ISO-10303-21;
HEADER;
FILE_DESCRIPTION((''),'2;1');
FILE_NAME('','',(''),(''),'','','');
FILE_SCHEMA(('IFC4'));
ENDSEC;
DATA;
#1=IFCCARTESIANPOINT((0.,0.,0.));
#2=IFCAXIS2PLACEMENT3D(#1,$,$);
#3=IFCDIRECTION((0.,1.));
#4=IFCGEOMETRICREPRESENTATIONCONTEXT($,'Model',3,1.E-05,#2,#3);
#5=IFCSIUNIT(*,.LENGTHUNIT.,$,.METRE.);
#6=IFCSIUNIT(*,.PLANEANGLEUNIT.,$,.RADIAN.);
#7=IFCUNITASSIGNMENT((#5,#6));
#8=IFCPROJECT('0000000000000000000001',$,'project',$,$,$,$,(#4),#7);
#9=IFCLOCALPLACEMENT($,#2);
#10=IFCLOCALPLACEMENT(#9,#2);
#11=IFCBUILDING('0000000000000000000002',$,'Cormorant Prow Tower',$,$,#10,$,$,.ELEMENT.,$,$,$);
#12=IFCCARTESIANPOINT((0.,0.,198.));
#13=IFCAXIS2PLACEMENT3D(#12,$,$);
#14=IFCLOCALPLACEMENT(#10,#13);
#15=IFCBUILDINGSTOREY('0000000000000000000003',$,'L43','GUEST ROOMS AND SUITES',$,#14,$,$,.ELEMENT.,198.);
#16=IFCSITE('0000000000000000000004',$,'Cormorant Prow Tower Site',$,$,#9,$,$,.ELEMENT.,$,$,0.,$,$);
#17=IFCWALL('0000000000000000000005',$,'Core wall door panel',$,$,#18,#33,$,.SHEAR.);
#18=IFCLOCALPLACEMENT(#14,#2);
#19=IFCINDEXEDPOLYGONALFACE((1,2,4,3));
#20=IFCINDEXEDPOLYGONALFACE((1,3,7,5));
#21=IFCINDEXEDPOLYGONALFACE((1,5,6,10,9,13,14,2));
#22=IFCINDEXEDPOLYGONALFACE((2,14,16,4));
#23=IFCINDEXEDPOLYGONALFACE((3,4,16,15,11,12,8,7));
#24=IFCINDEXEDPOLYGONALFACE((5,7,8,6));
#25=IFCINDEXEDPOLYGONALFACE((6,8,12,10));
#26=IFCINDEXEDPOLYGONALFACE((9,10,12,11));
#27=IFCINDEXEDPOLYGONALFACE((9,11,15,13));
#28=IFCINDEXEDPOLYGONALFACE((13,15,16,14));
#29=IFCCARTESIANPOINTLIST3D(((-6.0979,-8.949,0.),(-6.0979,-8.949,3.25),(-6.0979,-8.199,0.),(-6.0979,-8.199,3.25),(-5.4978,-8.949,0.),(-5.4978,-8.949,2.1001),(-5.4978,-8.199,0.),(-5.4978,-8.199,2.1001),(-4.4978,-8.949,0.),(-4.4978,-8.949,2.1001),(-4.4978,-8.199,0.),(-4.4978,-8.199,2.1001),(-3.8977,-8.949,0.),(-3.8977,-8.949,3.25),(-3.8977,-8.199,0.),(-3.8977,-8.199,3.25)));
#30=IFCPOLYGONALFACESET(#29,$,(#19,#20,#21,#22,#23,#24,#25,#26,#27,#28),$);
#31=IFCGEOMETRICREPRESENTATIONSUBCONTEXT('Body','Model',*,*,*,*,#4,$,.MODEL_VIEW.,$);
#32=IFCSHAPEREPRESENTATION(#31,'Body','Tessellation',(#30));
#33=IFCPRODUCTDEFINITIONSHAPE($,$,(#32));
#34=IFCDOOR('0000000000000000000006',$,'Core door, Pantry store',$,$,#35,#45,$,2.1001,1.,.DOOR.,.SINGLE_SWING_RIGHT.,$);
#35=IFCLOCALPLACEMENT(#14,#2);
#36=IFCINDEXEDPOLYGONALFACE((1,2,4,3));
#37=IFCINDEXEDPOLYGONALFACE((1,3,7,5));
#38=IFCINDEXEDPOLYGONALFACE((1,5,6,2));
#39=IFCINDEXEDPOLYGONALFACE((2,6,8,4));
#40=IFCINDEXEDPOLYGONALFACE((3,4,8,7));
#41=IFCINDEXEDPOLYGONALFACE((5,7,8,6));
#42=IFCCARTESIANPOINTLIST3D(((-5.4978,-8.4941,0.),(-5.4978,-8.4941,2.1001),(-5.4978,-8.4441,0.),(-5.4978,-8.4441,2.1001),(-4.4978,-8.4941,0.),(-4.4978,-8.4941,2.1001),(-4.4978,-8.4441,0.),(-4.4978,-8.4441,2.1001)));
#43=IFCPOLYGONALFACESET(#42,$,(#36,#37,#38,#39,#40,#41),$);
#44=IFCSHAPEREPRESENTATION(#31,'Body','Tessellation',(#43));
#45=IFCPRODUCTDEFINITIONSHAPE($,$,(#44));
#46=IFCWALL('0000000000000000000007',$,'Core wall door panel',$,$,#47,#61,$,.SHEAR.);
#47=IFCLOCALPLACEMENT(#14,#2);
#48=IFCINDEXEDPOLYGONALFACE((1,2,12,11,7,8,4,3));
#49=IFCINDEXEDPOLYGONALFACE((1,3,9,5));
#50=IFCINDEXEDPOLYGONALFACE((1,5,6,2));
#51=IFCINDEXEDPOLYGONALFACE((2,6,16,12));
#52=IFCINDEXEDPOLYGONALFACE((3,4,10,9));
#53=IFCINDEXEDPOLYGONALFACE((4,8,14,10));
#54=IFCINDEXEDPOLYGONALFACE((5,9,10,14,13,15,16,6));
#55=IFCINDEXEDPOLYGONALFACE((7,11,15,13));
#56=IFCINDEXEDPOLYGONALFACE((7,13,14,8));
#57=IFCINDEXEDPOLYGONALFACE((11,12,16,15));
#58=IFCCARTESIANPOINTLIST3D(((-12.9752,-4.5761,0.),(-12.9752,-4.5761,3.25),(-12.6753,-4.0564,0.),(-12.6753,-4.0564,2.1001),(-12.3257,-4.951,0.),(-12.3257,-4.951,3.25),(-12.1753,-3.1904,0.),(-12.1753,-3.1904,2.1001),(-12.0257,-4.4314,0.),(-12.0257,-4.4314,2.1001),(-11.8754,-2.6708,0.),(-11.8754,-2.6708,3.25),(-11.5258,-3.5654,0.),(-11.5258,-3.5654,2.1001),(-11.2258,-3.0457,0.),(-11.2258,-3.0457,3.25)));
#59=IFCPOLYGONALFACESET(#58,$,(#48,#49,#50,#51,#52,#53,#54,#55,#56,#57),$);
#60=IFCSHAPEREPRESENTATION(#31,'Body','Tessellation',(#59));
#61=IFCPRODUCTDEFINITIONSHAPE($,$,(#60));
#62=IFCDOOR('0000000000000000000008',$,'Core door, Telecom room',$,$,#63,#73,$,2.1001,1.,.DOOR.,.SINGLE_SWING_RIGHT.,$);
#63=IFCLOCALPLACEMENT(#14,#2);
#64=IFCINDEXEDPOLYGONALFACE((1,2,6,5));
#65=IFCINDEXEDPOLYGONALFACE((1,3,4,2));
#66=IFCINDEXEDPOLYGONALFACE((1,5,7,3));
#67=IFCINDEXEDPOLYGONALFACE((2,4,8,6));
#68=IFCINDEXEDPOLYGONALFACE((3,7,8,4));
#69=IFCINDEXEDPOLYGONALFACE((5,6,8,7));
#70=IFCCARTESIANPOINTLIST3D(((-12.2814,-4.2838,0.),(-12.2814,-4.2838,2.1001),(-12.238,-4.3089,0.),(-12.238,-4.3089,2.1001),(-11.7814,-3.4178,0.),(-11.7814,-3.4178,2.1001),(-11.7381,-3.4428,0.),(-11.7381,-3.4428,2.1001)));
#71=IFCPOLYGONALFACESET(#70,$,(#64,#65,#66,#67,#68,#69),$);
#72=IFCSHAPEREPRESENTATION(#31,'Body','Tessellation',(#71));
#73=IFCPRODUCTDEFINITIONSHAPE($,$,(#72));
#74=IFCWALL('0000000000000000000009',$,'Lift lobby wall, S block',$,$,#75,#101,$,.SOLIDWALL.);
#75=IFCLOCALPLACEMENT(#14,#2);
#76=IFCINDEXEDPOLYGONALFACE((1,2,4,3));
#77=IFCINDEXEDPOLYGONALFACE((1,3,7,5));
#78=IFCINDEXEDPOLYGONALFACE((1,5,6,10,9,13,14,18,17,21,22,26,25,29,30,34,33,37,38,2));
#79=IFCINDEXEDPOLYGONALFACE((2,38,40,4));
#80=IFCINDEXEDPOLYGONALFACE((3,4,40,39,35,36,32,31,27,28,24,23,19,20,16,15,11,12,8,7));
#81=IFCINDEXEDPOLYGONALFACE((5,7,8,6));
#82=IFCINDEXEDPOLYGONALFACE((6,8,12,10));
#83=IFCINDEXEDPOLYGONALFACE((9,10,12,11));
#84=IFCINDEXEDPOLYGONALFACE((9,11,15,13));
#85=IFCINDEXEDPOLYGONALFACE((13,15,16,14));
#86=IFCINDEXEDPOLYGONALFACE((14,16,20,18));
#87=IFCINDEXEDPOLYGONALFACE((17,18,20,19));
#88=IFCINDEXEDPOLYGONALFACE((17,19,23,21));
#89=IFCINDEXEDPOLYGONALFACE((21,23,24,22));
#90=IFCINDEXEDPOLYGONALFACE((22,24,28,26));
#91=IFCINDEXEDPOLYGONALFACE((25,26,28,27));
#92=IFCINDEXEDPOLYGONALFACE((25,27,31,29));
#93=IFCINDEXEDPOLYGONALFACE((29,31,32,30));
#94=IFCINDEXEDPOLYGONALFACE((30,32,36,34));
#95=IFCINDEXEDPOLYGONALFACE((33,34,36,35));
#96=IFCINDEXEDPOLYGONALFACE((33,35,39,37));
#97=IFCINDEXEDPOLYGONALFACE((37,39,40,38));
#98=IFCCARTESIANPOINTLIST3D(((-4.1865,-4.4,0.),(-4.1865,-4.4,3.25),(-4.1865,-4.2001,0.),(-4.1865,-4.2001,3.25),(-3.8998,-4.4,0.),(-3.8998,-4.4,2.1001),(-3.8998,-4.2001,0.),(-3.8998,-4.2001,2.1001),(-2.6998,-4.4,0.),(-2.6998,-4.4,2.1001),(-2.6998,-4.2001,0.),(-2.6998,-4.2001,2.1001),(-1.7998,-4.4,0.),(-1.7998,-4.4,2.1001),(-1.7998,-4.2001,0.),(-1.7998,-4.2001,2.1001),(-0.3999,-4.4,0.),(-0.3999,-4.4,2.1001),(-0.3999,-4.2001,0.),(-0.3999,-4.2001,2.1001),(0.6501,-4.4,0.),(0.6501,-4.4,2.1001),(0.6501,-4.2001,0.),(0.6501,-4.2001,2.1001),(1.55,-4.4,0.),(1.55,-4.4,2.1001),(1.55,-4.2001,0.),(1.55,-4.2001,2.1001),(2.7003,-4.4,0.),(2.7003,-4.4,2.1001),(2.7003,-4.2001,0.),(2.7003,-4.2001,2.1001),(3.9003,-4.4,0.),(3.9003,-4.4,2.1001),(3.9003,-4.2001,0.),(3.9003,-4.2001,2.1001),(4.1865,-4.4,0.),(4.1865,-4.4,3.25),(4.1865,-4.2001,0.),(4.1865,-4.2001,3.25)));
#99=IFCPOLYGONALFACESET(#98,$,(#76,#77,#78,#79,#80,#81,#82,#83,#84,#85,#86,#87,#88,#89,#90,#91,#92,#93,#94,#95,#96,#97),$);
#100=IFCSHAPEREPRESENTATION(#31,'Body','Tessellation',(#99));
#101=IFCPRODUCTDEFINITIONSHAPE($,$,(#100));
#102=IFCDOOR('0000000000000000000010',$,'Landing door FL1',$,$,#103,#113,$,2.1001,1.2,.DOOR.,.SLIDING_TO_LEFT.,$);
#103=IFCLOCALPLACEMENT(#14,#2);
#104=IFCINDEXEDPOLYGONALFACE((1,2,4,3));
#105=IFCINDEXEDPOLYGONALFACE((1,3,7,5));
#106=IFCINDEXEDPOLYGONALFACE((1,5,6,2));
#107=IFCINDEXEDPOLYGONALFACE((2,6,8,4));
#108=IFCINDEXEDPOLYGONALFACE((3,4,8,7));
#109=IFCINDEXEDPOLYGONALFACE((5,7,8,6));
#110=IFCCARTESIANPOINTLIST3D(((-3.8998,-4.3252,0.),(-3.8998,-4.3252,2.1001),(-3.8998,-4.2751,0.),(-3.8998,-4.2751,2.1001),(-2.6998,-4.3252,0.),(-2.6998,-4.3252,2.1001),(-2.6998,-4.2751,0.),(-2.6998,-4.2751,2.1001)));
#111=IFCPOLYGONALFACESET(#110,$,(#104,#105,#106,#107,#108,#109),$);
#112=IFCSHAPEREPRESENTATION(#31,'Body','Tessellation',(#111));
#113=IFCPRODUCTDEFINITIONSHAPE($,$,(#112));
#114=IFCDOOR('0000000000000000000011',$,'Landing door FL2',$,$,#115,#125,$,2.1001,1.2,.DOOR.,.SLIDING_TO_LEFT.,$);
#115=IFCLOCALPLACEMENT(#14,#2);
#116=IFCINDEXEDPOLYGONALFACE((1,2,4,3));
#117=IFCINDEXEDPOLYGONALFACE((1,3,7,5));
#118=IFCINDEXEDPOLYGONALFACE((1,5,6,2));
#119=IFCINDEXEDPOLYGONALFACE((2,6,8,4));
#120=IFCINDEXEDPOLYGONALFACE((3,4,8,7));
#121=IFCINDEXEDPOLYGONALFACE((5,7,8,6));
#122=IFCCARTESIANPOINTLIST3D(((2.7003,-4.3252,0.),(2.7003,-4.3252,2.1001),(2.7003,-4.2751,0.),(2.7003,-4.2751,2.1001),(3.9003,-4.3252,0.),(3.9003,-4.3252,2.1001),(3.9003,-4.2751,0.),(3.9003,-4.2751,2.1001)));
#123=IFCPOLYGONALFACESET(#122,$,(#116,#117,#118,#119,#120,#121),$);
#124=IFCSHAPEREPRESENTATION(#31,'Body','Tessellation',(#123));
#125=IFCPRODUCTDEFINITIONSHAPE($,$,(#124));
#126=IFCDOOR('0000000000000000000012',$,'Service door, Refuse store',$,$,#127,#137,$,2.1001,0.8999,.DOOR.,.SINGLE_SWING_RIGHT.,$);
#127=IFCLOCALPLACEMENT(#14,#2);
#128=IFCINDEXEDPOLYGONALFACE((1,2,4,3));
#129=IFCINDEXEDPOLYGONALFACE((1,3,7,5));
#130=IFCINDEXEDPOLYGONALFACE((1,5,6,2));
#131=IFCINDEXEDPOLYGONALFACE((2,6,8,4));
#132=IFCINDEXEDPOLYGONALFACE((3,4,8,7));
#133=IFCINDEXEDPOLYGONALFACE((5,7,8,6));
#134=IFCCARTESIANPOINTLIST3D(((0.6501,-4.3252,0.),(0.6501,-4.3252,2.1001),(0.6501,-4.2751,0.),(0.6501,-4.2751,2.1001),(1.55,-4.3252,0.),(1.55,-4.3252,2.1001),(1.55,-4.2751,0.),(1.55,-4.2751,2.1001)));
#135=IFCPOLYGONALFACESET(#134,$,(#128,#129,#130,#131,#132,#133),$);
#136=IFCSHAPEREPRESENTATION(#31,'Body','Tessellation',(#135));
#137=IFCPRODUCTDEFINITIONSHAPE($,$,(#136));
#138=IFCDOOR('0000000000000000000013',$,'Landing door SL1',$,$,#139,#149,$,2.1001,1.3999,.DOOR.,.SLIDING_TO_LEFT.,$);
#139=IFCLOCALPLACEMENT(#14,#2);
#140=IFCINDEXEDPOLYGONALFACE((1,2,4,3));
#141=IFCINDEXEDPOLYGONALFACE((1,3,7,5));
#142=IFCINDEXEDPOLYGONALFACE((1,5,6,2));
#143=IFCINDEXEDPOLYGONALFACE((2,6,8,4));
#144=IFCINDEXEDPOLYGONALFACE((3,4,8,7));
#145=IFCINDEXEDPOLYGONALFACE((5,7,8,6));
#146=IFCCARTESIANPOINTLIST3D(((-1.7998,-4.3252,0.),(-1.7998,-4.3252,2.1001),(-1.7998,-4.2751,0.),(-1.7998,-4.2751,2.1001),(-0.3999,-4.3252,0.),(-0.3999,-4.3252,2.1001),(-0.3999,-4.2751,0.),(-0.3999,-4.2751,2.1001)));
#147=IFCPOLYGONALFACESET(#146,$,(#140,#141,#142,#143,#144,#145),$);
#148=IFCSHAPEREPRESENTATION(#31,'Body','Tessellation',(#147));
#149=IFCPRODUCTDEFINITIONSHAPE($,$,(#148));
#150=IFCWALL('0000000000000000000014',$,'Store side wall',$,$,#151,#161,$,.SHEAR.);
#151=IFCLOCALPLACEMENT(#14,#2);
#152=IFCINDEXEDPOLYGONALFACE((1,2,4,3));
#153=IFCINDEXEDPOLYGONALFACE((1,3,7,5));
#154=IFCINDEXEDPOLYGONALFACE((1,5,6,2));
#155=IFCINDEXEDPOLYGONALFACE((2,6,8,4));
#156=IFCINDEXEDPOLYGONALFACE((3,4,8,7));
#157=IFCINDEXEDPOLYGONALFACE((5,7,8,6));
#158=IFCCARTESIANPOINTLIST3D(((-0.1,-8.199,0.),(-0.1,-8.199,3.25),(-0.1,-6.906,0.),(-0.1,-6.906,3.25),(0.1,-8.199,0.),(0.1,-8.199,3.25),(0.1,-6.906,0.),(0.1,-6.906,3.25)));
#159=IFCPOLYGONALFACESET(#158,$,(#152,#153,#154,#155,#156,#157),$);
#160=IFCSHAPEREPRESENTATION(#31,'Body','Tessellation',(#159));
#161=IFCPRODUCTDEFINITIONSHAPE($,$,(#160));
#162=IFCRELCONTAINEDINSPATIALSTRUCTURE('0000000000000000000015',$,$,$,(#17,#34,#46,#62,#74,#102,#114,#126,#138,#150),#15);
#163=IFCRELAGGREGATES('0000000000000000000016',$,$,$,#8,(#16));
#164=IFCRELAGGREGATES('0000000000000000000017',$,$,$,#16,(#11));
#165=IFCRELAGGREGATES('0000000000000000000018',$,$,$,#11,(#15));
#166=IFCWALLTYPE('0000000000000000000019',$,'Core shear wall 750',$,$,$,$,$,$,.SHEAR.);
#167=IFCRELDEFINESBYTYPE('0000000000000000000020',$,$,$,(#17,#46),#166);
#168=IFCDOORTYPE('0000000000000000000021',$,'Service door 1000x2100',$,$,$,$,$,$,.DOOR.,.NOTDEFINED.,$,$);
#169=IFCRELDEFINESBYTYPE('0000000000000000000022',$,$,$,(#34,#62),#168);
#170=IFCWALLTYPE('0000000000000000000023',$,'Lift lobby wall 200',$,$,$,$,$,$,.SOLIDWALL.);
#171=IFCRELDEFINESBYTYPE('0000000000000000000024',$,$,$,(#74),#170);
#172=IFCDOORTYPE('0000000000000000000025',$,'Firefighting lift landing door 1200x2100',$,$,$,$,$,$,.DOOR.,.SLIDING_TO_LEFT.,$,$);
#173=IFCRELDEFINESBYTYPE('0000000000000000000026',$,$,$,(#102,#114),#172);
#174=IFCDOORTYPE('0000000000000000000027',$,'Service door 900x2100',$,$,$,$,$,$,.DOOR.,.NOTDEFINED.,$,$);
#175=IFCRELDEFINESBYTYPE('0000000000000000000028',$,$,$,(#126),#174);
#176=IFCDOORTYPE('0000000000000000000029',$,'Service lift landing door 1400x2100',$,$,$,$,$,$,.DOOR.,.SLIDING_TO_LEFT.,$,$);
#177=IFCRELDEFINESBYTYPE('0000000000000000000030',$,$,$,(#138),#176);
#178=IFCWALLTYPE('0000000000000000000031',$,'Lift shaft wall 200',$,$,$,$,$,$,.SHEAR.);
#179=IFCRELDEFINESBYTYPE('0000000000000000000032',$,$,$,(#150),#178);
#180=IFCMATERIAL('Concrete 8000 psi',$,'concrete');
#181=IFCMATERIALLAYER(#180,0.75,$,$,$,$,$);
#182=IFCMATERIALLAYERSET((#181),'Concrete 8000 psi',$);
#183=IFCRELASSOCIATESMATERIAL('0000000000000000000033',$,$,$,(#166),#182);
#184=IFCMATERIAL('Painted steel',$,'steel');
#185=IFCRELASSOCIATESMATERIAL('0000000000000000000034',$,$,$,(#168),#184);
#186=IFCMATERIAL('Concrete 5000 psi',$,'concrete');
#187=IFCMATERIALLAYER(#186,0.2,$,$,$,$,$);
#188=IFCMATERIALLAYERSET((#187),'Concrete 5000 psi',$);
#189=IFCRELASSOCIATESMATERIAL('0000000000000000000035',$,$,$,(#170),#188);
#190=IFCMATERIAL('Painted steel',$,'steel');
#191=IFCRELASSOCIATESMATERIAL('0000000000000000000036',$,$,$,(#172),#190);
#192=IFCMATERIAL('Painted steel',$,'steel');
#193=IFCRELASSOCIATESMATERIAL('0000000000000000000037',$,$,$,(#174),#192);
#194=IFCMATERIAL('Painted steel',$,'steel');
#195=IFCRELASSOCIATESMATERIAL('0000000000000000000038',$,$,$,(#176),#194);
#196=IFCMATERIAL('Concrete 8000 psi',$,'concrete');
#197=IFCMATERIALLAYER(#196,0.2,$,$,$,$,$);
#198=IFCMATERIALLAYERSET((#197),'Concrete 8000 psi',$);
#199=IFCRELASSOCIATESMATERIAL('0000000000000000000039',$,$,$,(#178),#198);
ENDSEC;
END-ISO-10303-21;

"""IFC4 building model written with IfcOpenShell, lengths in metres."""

from ifc_helpers import new_model, si_unit, direction, frame, frame_2d, origin, place, context, subcontext, project, spatial, rectangle, extrude, material, layer, layer_set, type_object, element, fill, save


model = new_model("IFC4")

# Units and contexts
model_context = context("Model", 3, precision=1e-05, world=origin(), true_north=direction((0.0, 1.0)))
body_context = subcontext(model_context, "Body", "Model", "MODEL_VIEW")
ifc_project = project(units=[si_unit("LENGTHUNIT", "METRE"), si_unit("PLANEANGLEUNIT", "RADIAN")], contexts=[model_context])

# Site, building, storey
site_placement = place(None, origin())
site = spatial("IfcSite", under=ifc_project, at=site_placement, Name="Cormorant Prow Tower Site", CompositionType="ELEMENT", RefElevation=0.0)
building_placement = place(site_placement, origin())
building = spatial("IfcBuilding", under=site, at=building_placement, Name="Cormorant Prow Tower", CompositionType="ELEMENT")
storey_placement = place(building_placement, frame((0.0, 0.0, 198.0)))
storey = spatial("IfcBuildingStorey", under=building, at=storey_placement, Name="L43", Description="GUEST ROOMS AND SUITES", CompositionType="ELEMENT", Elevation=198.0)

# Shared definitions
ifc_material_1 = material(Name="Concrete 8000 psi", Category="concrete")
ifc_layer_1 = layer(ifc_material_1, 0.75)
ifc_layer_set_1 = layer_set([ifc_layer_1], Name="Concrete 8000 psi")
wall_type_1 = type_object("IfcWallType", Name="Core shear wall 750", PredefinedType="SHEAR", material=ifc_layer_set_1)

# Walls, openings, doors
wall_1_placement = place(storey_placement, frame((-6.0979, -8.574, 0.0), z_axis=(0.0, 0.0, 1.0), x_axis=(1.0, 0.0, 0.0)))
wall_1 = element("IfcWall", 1, at=wall_1_placement, inside=storey, type_object=wall_type_1, Name="Core wall door panel", PredefinedType="SHEAR", context=body_context, shape_type="SweptSolid", body=[
    extrude(rectangle(XDim=2.2002, YDim=0.75, at=frame_2d((1.1001, 0.0))), origin(), (0.0, 0.0, 1.0), 3.25),
])
opening_1_placement = place(wall_1_placement, frame((0.6001, 0.0, 0.0)))
opening_1 = element("IfcOpeningElement", 2, at=opening_1_placement, cuts=wall_1, PredefinedType="OPENING", context=body_context, shape_type="SweptSolid", body=[
    extrude(rectangle(XDim=1.0, YDim=2.1001, at=frame_2d((0.5, 1.05))), frame((0.0, 0.385, 0.0), z_axis=(0.0, -1.0, 0.0), x_axis=(1.0, 0.0, 0.0)), (0.0, 0.0, 1.0), 0.77),
])
ifc_material_2 = material(Name="Painted steel", Category="steel")
door_type_1 = type_object("IfcDoorType", Name="Service door 1000x2100", OperationType="NOTDEFINED", PredefinedType="DOOR", material=ifc_material_2)
door_1_placement = place(opening_1_placement, origin())
door_1 = element("IfcDoor", 3, at=door_1_placement, inside=storey, type_object=door_type_1, Name="Core door, Pantry store", OperationType="SINGLE_SWING_RIGHT", OverallHeight=2.1001, OverallWidth=1.0, PredefinedType="DOOR", context=body_context, shape_type="SweptSolid", body=[
    extrude(rectangle(XDim=1.0, YDim=2.1001, at=frame_2d((0.5, 1.05))), frame((0.0, 0.1299, 0.0), z_axis=(0.0, -1.0, 0.0), x_axis=(1.0, 0.0, 0.0)), (0.0, 0.0, 1.0), 0.05),
])
fill(opening_1, door_1)
wall_2_placement = place(storey_placement, frame((-11.5505, -2.8582, 0.0), z_axis=(0.0, 0.0, 1.0), x_axis=(-0.499947, -0.866056, 0.0)))
wall_2 = element("IfcWall", 4, at=wall_2_placement, inside=storey, type_object=wall_type_1, Name="Core wall door panel", PredefinedType="SHEAR", context=body_context, shape_type="SweptSolid", body=[
    extrude(rectangle(XDim=2.2, YDim=0.75, at=frame_2d((1.1001, 0.0))), origin(), (0.0, 0.0, 1.0), 3.25),
])
opening_2_placement = place(wall_2_placement, frame((0.6001, 0.0, 0.0)))
opening_2 = element("IfcOpeningElement", 5, at=opening_2_placement, cuts=wall_2, PredefinedType="OPENING", context=body_context, shape_type="SweptSolid", body=[
    extrude(rectangle(XDim=1.0, YDim=2.1001, at=frame_2d((0.5, 1.05))), frame((0.0, 0.385, 0.0), z_axis=(0.0, -1.0, 0.0), x_axis=(1.0, 0.0, 0.0)), (0.0, 0.0, 1.0), 0.77),
])
door_2_placement = place(opening_2_placement, origin())
door_2 = element("IfcDoor", 6, at=door_2_placement, inside=storey, type_object=door_type_1, Name="Core door, Telecom room", OperationType="SINGLE_SWING_RIGHT", OverallHeight=2.1001, OverallWidth=1.0, PredefinedType="DOOR", context=body_context, shape_type="SweptSolid", body=[
    extrude(rectangle(XDim=1.0, YDim=2.1001, at=frame_2d((0.5, 1.05))), frame((0.0, 0.1299, 0.0), z_axis=(0.0, -1.0, 0.0), x_axis=(1.0, 0.0, 0.0)), (0.0, 0.0, 1.0), 0.05),
])
fill(opening_2, door_2)

# Wall, openings, doors
ifc_material_3 = material(Name="Concrete 5000 psi", Category="concrete")
ifc_layer_2 = layer(ifc_material_3, 0.2)
ifc_layer_set_2 = layer_set([ifc_layer_2], Name="Concrete 5000 psi")
wall_type_2 = type_object("IfcWallType", Name="Lift lobby wall 200", PredefinedType="SOLIDWALL", material=ifc_layer_set_2)
wall_3_placement = place(storey_placement, frame((-4.1865, -4.3, 0.0), z_axis=(0.0, 0.0, 1.0), x_axis=(1.0, 0.0, 0.0)))
wall_3 = element("IfcWall", 7, at=wall_3_placement, inside=storey, type_object=wall_type_2, Name="Lift lobby wall, S block", PredefinedType="SOLIDWALL", context=body_context, shape_type="SweptSolid", body=[
    extrude(rectangle(XDim=8.373, YDim=0.2, at=frame_2d((4.1865, 0.0))), origin(), (0.0, 0.0, 1.0), 3.25),
])
opening_3_placement = place(wall_3_placement, frame((0.2866, 0.0, 0.0)))
opening_3 = element("IfcOpeningElement", 8, at=opening_3_placement, cuts=wall_3, PredefinedType="OPENING", context=body_context, shape_type="SweptSolid", body=[
    extrude(rectangle(XDim=1.2, YDim=2.1001, at=frame_2d((0.6001, 1.05))), frame((0.0, 0.1099, 0.0), z_axis=(0.0, -1.0, 0.0), x_axis=(1.0, 0.0, 0.0)), (0.0, 0.0, 1.0), 0.22),
])
opening_4_placement = place(wall_3_placement, frame((2.3867, 0.0, 0.0)))
opening_4 = element("IfcOpeningElement", 9, at=opening_4_placement, cuts=wall_3, PredefinedType="OPENING", context=body_context, shape_type="SweptSolid", body=[
    extrude(rectangle(XDim=1.3999, YDim=2.1001, at=frame_2d((0.7, 1.05))), frame((0.0, 0.1099, 0.0), z_axis=(0.0, -1.0, 0.0), x_axis=(1.0, 0.0, 0.0)), (0.0, 0.0, 1.0), 0.22),
])
opening_5_placement = place(wall_3_placement, frame((4.8367, 0.0, 0.0)))
opening_5 = element("IfcOpeningElement", 10, at=opening_5_placement, cuts=wall_3, PredefinedType="OPENING", context=body_context, shape_type="SweptSolid", body=[
    extrude(rectangle(XDim=0.8999, YDim=2.1001, at=frame_2d((0.45, 1.05))), frame((0.0, 0.1099, 0.0), z_axis=(0.0, -1.0, 0.0), x_axis=(1.0, 0.0, 0.0)), (0.0, 0.0, 1.0), 0.22),
])
opening_6_placement = place(wall_3_placement, frame((6.8867, 0.0, 0.0)))
opening_6 = element("IfcOpeningElement", 11, at=opening_6_placement, cuts=wall_3, PredefinedType="OPENING", context=body_context, shape_type="SweptSolid", body=[
    extrude(rectangle(XDim=1.2, YDim=2.1001, at=frame_2d((0.6001, 1.05))), frame((0.0, 0.1099, 0.0), z_axis=(0.0, -1.0, 0.0), x_axis=(1.0, 0.0, 0.0)), (0.0, 0.0, 1.0), 0.22),
])
ifc_material_4 = material(Name="Painted steel", Category="steel")
door_type_2 = type_object("IfcDoorType", Name="Firefighting lift landing door 1200x2100", OperationType="SLIDING_TO_LEFT", PredefinedType="DOOR", material=ifc_material_4)
door_3_placement = place(opening_3_placement, origin())
door_3 = element("IfcDoor", 12, at=door_3_placement, inside=storey, type_object=door_type_2, Name="Landing door FL1", OperationType="SLIDING_TO_LEFT", OverallHeight=2.1001, OverallWidth=1.2, PredefinedType="DOOR", context=body_context, shape_type="SweptSolid", body=[
    extrude(rectangle(XDim=1.2, YDim=2.1001, at=frame_2d((0.6001, 1.05))), frame((0.0, 0.0249, 0.0), z_axis=(0.0, -1.0, 0.0), x_axis=(1.0, 0.0, 0.0)), (0.0, 0.0, 1.0), 0.05),
])
fill(opening_3, door_3)
door_4_placement = place(opening_6_placement, origin())
door_4 = element("IfcDoor", 13, at=door_4_placement, inside=storey, type_object=door_type_2, Name="Landing door FL2", OperationType="SLIDING_TO_LEFT", OverallHeight=2.1001, OverallWidth=1.2, PredefinedType="DOOR", context=body_context, shape_type="SweptSolid", body=[
    extrude(rectangle(XDim=1.2, YDim=2.1001, at=frame_2d((0.6001, 1.05))), frame((0.0, 0.0249, 0.0), z_axis=(0.0, -1.0, 0.0), x_axis=(1.0, 0.0, 0.0)), (0.0, 0.0, 1.0), 0.05),
])
fill(opening_6, door_4)
ifc_material_5 = material(Name="Painted steel", Category="steel")
door_type_3 = type_object("IfcDoorType", Name="Service door 900x2100", OperationType="NOTDEFINED", PredefinedType="DOOR", material=ifc_material_5)
door_5_placement = place(opening_5_placement, origin())
door_5 = element("IfcDoor", 14, at=door_5_placement, inside=storey, type_object=door_type_3, Name="Service door, Refuse store", OperationType="SINGLE_SWING_RIGHT", OverallHeight=2.1001, OverallWidth=0.8999, PredefinedType="DOOR", context=body_context, shape_type="SweptSolid", body=[
    extrude(rectangle(XDim=0.8999, YDim=2.1001, at=frame_2d((0.45, 1.05))), frame((0.0, 0.0249, 0.0), z_axis=(0.0, -1.0, 0.0), x_axis=(1.0, 0.0, 0.0)), (0.0, 0.0, 1.0), 0.05),
])
fill(opening_5, door_5)
ifc_material_6 = material(Name="Painted steel", Category="steel")
door_type_4 = type_object("IfcDoorType", Name="Service lift landing door 1400x2100", OperationType="SLIDING_TO_LEFT", PredefinedType="DOOR", material=ifc_material_6)
door_6_placement = place(opening_4_placement, origin())
door_6 = element("IfcDoor", 15, at=door_6_placement, inside=storey, type_object=door_type_4, Name="Landing door SL1", OperationType="SLIDING_TO_LEFT", OverallHeight=2.1001, OverallWidth=1.3999, PredefinedType="DOOR", context=body_context, shape_type="SweptSolid", body=[
    extrude(rectangle(XDim=1.3999, YDim=2.1001, at=frame_2d((0.7, 1.05))), frame((0.0, 0.0249, 0.0), z_axis=(0.0, -1.0, 0.0), x_axis=(1.0, 0.0, 0.0)), (0.0, 0.0, 1.0), 0.05),
])
fill(opening_4, door_6)

# Wall
ifc_material_7 = material(Name="Concrete 8000 psi", Category="concrete")
ifc_layer_3 = layer(ifc_material_7, 0.2)
ifc_layer_set_3 = layer_set([ifc_layer_3], Name="Concrete 8000 psi")
wall_type_3 = type_object("IfcWallType", Name="Lift shaft wall 200", PredefinedType="SHEAR", material=ifc_layer_set_3)
for number, where, z_axis, x_axis, name in (
    (16, (0.0, -6.906, 0.0), (0.0, 0.0, 1.0), (0.0, -1.0, 0.0), "Store side wall"),
):
    element("IfcWall", number, at=place(storey_placement, frame(where, z_axis=z_axis, x_axis=x_axis)), inside=storey, type_object=wall_type_3, Name=name, PredefinedType="SHEAR", context=body_context, shape_type="SweptSolid", body=[
        extrude(rectangle(XDim=1.293, YDim=0.2, at=frame_2d((0.6465, 0.0))), origin(), (0.0, 0.0, 1.0), 3.25),
    ])

save(model, "model.ifc")
